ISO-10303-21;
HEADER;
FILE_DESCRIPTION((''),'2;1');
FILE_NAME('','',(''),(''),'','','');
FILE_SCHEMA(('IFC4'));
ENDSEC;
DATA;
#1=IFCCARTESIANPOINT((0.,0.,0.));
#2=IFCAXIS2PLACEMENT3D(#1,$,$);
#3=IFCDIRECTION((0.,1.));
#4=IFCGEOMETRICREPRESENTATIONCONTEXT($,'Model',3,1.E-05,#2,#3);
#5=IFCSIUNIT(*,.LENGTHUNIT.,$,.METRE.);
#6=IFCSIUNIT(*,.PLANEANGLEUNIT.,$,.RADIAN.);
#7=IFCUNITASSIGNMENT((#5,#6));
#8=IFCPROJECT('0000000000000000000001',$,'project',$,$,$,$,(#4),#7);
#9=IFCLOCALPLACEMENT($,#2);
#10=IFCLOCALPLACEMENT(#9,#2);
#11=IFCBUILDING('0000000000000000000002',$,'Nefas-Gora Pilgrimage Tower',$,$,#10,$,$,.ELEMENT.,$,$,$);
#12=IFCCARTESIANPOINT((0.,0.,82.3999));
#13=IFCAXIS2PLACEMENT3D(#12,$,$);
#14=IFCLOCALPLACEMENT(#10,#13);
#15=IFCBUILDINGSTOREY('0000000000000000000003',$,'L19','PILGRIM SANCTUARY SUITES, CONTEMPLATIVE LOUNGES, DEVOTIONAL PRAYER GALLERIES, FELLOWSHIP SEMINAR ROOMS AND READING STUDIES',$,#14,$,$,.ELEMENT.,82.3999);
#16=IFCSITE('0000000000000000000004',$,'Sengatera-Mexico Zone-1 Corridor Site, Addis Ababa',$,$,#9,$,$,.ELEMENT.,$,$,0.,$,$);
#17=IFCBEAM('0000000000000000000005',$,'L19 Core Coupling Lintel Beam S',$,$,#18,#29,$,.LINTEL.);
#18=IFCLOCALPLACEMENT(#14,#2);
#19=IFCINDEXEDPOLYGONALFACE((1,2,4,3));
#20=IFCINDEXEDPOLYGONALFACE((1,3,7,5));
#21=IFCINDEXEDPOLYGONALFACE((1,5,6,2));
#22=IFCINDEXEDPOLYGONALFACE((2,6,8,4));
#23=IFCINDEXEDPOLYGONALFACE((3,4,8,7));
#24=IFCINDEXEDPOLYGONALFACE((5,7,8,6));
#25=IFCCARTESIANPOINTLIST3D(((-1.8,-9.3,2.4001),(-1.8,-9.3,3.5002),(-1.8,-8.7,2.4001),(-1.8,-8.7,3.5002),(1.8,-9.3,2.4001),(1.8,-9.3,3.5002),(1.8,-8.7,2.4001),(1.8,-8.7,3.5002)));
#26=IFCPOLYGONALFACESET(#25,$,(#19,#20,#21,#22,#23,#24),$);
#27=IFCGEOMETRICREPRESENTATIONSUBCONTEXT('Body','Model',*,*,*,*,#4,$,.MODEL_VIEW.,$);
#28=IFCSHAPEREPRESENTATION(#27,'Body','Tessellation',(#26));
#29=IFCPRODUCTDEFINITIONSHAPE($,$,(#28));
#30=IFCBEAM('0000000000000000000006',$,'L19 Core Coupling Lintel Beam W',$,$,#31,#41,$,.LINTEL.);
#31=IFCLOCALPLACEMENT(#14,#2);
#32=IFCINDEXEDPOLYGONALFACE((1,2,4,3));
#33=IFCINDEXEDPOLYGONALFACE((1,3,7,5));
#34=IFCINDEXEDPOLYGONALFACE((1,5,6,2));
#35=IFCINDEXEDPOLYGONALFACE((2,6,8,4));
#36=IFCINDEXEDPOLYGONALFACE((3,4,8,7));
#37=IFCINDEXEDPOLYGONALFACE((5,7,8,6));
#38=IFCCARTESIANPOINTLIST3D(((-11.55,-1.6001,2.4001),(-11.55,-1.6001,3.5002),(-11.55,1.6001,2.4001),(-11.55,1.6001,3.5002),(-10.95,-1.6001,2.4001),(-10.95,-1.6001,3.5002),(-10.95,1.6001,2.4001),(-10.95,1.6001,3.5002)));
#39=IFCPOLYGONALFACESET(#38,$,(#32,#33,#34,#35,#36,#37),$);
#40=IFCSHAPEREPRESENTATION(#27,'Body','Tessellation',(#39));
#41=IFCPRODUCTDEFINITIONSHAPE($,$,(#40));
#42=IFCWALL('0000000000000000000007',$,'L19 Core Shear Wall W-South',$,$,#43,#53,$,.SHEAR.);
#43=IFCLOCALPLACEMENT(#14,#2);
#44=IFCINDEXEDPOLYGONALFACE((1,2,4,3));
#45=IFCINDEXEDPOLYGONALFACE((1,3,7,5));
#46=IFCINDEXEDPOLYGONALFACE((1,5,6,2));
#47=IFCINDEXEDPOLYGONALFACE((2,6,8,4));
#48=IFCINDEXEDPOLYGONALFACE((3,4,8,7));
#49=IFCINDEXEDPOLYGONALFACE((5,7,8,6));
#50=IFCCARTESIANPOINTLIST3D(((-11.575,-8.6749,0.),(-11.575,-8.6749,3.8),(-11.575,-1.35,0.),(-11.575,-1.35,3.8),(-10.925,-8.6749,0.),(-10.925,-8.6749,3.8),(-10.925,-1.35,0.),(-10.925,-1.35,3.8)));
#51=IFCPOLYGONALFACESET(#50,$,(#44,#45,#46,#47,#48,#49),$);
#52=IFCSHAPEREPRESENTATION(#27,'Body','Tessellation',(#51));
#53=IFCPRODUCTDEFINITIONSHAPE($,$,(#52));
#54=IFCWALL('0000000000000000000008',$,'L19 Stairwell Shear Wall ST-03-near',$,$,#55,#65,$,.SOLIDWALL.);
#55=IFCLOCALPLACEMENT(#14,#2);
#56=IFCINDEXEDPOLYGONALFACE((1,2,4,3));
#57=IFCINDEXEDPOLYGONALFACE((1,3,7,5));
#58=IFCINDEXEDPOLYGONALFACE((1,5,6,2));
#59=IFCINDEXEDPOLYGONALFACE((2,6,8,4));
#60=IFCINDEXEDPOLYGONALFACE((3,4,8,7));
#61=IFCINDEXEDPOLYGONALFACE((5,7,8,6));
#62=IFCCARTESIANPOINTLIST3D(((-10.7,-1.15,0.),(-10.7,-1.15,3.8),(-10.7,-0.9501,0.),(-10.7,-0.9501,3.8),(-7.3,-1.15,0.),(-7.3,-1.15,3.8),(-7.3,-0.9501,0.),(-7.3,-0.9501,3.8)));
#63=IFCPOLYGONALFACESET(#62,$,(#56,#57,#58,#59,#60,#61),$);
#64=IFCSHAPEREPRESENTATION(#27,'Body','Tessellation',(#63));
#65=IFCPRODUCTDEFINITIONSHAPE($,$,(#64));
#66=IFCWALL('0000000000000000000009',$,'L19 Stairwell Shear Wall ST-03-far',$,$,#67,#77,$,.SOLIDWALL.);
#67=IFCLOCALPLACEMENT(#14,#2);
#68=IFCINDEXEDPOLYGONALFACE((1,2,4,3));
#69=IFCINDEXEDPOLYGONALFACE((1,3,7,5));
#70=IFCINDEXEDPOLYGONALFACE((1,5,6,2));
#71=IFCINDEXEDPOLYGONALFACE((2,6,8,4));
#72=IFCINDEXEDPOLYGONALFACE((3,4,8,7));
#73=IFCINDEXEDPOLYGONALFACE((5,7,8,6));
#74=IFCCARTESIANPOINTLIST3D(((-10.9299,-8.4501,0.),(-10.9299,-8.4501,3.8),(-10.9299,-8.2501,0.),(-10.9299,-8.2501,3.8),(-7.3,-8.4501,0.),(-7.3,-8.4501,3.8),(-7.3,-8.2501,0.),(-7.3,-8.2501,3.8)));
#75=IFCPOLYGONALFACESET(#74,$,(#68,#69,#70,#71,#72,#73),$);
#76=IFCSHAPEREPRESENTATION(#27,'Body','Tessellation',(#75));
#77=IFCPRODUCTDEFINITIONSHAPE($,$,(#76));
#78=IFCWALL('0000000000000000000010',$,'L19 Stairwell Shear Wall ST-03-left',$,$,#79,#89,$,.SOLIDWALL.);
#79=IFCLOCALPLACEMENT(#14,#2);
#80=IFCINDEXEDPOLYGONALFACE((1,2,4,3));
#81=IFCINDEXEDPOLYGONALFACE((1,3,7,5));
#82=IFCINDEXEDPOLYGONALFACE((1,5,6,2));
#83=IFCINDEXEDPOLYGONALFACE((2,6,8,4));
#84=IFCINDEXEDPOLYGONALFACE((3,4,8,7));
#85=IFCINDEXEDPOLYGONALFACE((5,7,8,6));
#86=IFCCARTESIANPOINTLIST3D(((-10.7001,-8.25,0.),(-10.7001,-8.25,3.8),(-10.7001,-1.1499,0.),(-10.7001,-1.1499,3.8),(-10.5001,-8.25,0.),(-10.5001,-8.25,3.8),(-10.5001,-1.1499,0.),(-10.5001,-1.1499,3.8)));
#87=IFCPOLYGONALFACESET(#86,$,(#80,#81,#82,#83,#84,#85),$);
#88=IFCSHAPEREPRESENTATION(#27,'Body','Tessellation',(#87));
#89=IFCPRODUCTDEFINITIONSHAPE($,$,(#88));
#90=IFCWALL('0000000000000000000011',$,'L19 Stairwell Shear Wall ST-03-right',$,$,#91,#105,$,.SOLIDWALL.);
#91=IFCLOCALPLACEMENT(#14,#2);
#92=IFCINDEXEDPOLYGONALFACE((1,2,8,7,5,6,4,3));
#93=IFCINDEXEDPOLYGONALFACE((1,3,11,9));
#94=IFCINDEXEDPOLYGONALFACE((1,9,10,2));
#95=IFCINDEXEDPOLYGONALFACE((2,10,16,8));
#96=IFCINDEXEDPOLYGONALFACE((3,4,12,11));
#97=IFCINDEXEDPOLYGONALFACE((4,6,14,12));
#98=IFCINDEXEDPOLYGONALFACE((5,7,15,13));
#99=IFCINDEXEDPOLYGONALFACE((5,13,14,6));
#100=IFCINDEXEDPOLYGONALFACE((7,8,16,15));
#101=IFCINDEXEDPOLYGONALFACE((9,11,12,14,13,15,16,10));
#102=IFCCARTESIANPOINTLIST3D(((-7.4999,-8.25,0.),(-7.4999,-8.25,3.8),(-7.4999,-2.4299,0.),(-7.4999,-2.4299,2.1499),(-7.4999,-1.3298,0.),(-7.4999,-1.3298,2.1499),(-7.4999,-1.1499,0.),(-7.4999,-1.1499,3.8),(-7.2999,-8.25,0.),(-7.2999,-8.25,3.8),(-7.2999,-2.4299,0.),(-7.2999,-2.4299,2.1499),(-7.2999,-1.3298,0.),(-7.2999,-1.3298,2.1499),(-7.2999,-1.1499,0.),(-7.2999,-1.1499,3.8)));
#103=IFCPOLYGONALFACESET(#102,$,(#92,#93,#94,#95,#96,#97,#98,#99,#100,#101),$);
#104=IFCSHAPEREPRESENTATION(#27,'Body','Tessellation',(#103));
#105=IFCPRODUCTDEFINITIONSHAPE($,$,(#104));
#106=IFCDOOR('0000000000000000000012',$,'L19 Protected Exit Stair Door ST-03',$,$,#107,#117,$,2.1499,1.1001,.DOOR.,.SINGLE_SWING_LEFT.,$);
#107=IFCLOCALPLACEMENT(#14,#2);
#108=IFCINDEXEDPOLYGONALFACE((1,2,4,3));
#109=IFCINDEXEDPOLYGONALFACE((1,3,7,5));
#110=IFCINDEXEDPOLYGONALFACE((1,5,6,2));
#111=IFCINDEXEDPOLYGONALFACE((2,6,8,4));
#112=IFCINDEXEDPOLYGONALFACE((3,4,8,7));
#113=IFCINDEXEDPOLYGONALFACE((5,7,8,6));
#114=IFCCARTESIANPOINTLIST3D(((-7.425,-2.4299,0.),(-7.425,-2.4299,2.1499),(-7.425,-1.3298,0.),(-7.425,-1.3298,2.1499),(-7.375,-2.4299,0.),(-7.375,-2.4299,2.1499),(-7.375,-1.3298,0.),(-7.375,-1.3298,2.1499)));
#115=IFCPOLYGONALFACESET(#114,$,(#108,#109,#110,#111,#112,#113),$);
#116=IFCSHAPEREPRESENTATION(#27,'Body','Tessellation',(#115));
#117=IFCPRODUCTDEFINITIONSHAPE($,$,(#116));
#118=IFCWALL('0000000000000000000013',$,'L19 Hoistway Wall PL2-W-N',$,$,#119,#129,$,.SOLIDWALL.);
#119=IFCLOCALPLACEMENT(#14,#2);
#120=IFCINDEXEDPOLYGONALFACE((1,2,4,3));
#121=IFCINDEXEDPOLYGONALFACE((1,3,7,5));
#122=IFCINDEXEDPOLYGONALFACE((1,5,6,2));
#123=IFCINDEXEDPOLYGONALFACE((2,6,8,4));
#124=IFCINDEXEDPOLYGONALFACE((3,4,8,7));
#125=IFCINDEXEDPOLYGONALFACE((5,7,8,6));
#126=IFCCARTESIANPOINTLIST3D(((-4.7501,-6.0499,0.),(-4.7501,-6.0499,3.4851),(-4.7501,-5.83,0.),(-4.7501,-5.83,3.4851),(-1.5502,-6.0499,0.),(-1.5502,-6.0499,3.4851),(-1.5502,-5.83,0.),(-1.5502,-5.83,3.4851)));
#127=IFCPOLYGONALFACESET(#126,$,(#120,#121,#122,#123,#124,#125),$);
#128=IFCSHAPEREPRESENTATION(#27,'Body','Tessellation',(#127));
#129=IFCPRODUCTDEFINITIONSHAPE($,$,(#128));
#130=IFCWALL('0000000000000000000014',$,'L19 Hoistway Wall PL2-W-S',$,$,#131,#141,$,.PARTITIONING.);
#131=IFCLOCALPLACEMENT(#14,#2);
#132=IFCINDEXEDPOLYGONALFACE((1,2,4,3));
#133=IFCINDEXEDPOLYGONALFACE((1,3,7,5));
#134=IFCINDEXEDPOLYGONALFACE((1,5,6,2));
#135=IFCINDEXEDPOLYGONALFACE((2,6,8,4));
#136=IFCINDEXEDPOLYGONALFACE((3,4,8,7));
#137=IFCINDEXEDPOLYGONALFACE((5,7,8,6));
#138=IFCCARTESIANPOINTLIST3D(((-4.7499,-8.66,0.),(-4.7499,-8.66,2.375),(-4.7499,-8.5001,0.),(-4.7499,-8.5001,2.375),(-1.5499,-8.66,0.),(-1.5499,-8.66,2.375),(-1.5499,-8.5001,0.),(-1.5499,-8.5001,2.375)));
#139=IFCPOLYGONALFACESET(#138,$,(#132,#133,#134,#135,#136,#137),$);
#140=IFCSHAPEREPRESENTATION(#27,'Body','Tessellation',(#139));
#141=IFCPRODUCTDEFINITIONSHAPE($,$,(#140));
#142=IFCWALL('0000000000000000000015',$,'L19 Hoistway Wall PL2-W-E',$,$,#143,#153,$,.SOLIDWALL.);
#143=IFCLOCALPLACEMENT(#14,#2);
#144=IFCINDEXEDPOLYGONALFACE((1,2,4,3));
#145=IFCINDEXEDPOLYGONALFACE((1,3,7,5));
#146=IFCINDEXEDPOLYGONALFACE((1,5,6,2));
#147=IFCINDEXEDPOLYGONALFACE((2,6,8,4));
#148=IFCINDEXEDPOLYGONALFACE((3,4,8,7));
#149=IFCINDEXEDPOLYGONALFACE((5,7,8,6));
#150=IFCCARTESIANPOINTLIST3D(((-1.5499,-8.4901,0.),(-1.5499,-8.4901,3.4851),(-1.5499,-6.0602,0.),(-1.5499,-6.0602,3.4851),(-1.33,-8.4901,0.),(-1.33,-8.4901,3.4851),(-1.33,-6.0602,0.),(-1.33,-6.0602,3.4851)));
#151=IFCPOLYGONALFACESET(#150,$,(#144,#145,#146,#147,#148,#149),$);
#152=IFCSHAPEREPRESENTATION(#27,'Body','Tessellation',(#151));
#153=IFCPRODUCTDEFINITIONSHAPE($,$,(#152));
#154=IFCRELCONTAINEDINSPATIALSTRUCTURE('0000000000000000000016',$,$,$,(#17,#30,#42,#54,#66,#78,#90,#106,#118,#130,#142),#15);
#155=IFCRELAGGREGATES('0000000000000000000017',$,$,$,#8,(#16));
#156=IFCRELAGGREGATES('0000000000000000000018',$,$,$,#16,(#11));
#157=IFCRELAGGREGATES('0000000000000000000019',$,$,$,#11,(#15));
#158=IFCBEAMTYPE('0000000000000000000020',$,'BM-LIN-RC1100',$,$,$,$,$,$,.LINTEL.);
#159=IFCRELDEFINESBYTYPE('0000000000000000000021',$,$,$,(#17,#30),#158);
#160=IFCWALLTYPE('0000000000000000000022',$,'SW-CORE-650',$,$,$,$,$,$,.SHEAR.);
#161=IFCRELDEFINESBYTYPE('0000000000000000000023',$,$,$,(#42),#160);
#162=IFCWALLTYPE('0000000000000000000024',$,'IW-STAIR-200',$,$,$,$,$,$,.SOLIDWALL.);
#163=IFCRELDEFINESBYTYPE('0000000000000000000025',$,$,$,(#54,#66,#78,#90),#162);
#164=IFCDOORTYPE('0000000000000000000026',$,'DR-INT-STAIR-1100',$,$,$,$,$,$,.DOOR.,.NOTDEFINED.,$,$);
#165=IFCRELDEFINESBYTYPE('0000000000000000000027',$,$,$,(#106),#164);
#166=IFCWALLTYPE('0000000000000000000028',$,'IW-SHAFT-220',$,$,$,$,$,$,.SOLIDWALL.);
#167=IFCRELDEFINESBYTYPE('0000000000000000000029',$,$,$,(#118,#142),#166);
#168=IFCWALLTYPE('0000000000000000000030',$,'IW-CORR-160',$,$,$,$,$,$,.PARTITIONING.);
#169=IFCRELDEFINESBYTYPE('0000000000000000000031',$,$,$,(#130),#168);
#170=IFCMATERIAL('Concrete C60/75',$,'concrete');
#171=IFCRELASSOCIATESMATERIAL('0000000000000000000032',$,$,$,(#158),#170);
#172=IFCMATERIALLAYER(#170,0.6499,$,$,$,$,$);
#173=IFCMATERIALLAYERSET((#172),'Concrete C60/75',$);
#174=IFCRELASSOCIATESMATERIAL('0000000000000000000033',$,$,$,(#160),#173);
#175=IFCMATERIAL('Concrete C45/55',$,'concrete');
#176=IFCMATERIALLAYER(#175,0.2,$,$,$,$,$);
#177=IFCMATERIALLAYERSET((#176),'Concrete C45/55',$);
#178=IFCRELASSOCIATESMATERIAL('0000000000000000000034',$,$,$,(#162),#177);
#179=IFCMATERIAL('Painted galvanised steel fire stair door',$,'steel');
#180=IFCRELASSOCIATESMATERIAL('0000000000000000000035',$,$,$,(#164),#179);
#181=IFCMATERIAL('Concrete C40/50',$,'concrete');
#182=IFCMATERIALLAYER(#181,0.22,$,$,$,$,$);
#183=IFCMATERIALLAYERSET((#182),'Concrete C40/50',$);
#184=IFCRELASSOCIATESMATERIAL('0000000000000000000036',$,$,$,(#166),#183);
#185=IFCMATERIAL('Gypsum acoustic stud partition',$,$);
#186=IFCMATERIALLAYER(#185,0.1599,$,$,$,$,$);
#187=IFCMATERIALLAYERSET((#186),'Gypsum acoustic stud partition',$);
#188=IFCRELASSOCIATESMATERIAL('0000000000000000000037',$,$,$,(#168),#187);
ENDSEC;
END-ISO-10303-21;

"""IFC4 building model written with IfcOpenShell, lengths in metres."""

from ifc_helpers import new_model, si_unit, direction, frame, frame_2d, origin, origin_2d, place, context, subcontext, project, spatial, rectangle, extrude, source, transform, mapped, material, layer, layer_set, material_profile, profile_set, type_object, element, fill, save


model = new_model("IFC4")

# Units and contexts
model_context = context("Model", 3, precision=1e-05, world=origin(), true_north=direction((0.0, 1.0)))
body_context = subcontext(model_context, "Body", "Model", "MODEL_VIEW")
ifc_project = project(units=[si_unit("LENGTHUNIT", "METRE"), si_unit("PLANEANGLEUNIT", "RADIAN")], contexts=[model_context])

# Site, building, storey
site_placement = place(None, origin())
site = spatial("IfcSite", under=ifc_project, at=site_placement, Name="Sengatera-Mexico Zone-1 Corridor Site, Addis Ababa", CompositionType="ELEMENT", RefElevation=0.0)
building_placement = place(site_placement, origin())
building = spatial("IfcBuilding", under=site, at=building_placement, Name="Nefas-Gora Pilgrimage Tower", CompositionType="ELEMENT")
storey_placement = place(building_placement, frame((0.0, 0.0, 82.3999)))
storey = spatial("IfcBuildingStorey", under=building, at=storey_placement, Name="L19", Description="PILGRIM SANCTUARY SUITES, CONTEMPLATIVE LOUNGES, DEVOTIONAL PRAYER GALLERIES, FELLOWSHIP SEMINAR ROOMS AND READING STUDIES", CompositionType="ELEMENT", Elevation=82.3999)

# Beams
ifc_material_1 = material(Name="Concrete C60/75", Category="concrete")
ifc_material_profile = material_profile(ifc_material_1, rectangle(XDim=0.6001, YDim=1.1001, at=origin_2d()), Name="RC 600x1100")
ifc_profile_set = profile_set([ifc_material_profile], Name="Concrete C60/75")
beam_type = type_object("IfcBeamType", Name="BM-LIN-RC1100", PredefinedType="LINTEL", material=ifc_profile_set)
shared_shape_1 = source(origin(), body_context, "Body", "SweptSolid", [
    extrude(rectangle(XDim=0.6001, YDim=1.1001, at=origin_2d()), origin(), (0.0, 0.0, 1.0), 3.6001),
])
beam_1_placement = place(storey_placement, frame((-1.8, -9.0, 2.9502), z_axis=(1.0, 0.0, 0.0), x_axis=(0.0, 1.0, 0.0)))
element("IfcBeam", 1, at=beam_1_placement, inside=storey, type_object=beam_type, Name="L19 Core Coupling Lintel Beam S", PredefinedType="LINTEL", context=body_context, shape_type="MappedRepresentation", body=[
    mapped(shared_shape_1, transform((0.0, 0.0, 0.0), x_axis=(1.0, 0.0, 0.0), y_axis=(0.0, 1.0, 0.0), z_axis=(0.0, 0.0, 1.0), scale=1.0)),
])
shared_shape_2 = source(origin(), body_context, "Body", "SweptSolid", [
    extrude(rectangle(XDim=0.6001, YDim=1.1001, at=origin_2d()), origin(), (0.0, 0.0, 1.0), 3.2002),
])
beam_2_placement = place(storey_placement, frame((-11.25, -1.6001, 2.9502), z_axis=(0.0, 1.0, 0.0), x_axis=(-1.0, 0.0, 0.0)))
element("IfcBeam", 2, at=beam_2_placement, inside=storey, type_object=beam_type, Name="L19 Core Coupling Lintel Beam W", PredefinedType="LINTEL", context=body_context, shape_type="MappedRepresentation", body=[
    mapped(shared_shape_2, transform((0.0, 0.0, 0.0), x_axis=(1.0, 0.0, 0.0), y_axis=(0.0, 1.0, 0.0), z_axis=(0.0, 0.0, 1.0), scale=1.0)),
])

# Walls
ifc_layer_1 = layer(ifc_material_1, 0.6499)
ifc_layer_set_1 = layer_set([ifc_layer_1], Name="Concrete C60/75")
wall_type_1 = type_object("IfcWallType", Name="SW-CORE-650", PredefinedType="SHEAR", material=ifc_layer_set_1)
shared_shape_3 = source(origin(), body_context, "Body", "SweptSolid", [
    extrude(rectangle(XDim=7.325, YDim=0.6499, at=frame_2d((3.6626, 0.0))), origin(), (0.0, 0.0, 1.0), 3.8),
])
wall_1_placement = place(storey_placement, frame((-11.25, -8.675, 0.0), z_axis=(0.0, 0.0, 1.0), x_axis=(0.0, 1.0, 0.0)))
element("IfcWall", 3, at=wall_1_placement, inside=storey, type_object=wall_type_1, Name="L19 Core Shear Wall W-South", PredefinedType="SHEAR", context=body_context, shape_type="MappedRepresentation", body=[
    mapped(shared_shape_3, transform((0.0, 0.0, 0.0), x_axis=(1.0, 0.0, 0.0), y_axis=(0.0, 1.0, 0.0), z_axis=(0.0, 0.0, 1.0), scale=1.0)),
])
ifc_material_2 = material(Name="Concrete C45/55", Category="concrete")
ifc_layer_2 = layer(ifc_material_2, 0.2)
ifc_layer_set_2 = layer_set([ifc_layer_2], Name="Concrete C45/55")
wall_type_2 = type_object("IfcWallType", Name="IW-STAIR-200", PredefinedType="SOLIDWALL", material=ifc_layer_set_2)
shared_shape_4 = source(origin(), body_context, "Body", "SweptSolid", [
    extrude(rectangle(XDim=3.3999, YDim=0.2, at=frame_2d((1.7, 0.0))), origin(), (0.0, 0.0, 1.0), 3.8),
])
wall_2_placement = place(storey_placement, frame((-10.7, -1.05, 0.0), z_axis=(0.0, 0.0, 1.0), x_axis=(1.0, 0.0, 0.0)))
element("IfcWall", 4, at=wall_2_placement, inside=storey, type_object=wall_type_2, Name="L19 Stairwell Shear Wall ST-03-near", PredefinedType="SOLIDWALL", context=body_context, shape_type="MappedRepresentation", body=[
    mapped(shared_shape_4, transform((0.0, 0.0, 0.0), x_axis=(1.0, 0.0, 0.0), y_axis=(0.0, 1.0, 0.0), z_axis=(0.0, 0.0, 1.0), scale=1.0)),
])
shared_shape_5 = source(origin(), body_context, "Body", "SweptSolid", [
    extrude(rectangle(XDim=3.6299, YDim=0.2, at=frame_2d((1.8149, 0.0))), origin(), (0.0, 0.0, 1.0), 3.8),
])
wall_3_placement = place(storey_placement, frame((-10.9299, -8.3501, 0.0), z_axis=(0.0, 0.0, 1.0), x_axis=(1.0, 0.0, 0.0)))
element("IfcWall", 5, at=wall_3_placement, inside=storey, type_object=wall_type_2, Name="L19 Stairwell Shear Wall ST-03-far", PredefinedType="SOLIDWALL", context=body_context, shape_type="MappedRepresentation", body=[
    mapped(shared_shape_5, transform((0.0, 0.0, 0.0), x_axis=(1.0, 0.0, 0.0), y_axis=(0.0, 1.0, 0.0), z_axis=(0.0, 0.0, 1.0), scale=1.0)),
])
shared_shape_6 = source(origin(), body_context, "Body", "SweptSolid", [
    extrude(rectangle(XDim=7.1001, YDim=0.2, at=frame_2d((3.55, 0.0))), origin(), (0.0, 0.0, 1.0), 3.8),
])
wall_4_placement = place(storey_placement, frame((-10.6001, -1.1499, 0.0), z_axis=(0.0, 0.0, 1.0), x_axis=(0.0, -1.0, 0.0)))
element("IfcWall", 6, at=wall_4_placement, inside=storey, type_object=wall_type_2, Name="L19 Stairwell Shear Wall ST-03-left", PredefinedType="SOLIDWALL", context=body_context, shape_type="MappedRepresentation", body=[
    mapped(shared_shape_6, transform((0.0, 0.0, 0.0), x_axis=(1.0, 0.0, 0.0), y_axis=(0.0, 1.0, 0.0), z_axis=(0.0, 0.0, 1.0), scale=1.0)),
])

# Wall, opening, door
wall_5_placement = place(storey_placement, frame((-7.3999, -1.1499, 0.0), z_axis=(0.0, 0.0, 1.0), x_axis=(0.0, -1.0, 0.0)))
wall_5 = element("IfcWall", 7, at=wall_5_placement, inside=storey, type_object=wall_type_2, Name="L19 Stairwell Shear Wall ST-03-right", PredefinedType="SOLIDWALL", context=body_context, shape_type="MappedRepresentation", body=[
    mapped(shared_shape_6, transform((0.0, 0.0, 0.0), x_axis=(1.0, 0.0, 0.0), y_axis=(0.0, 1.0, 0.0), z_axis=(0.0, 0.0, 1.0), scale=1.0)),
])
opening_1_placement = place(wall_5_placement, frame((0.1799, 0.0, 0.0)))
opening_1 = element("IfcOpeningElement", 8, at=opening_1_placement, cuts=wall_5, PredefinedType="OPENING", context=body_context, shape_type="SweptSolid", body=[
    extrude(rectangle(XDim=1.1001, YDim=2.1499, at=frame_2d((0.55, 1.075))), frame((0.0, 0.1099, 0.0), z_axis=(0.0, -1.0, 0.0), x_axis=(1.0, 0.0, 0.0)), (0.0, 0.0, 1.0), 0.22),
])
ifc_material_3 = material(Name="Painted galvanised steel fire stair door", Category="steel")
door_type_1 = type_object("IfcDoorType", Name="DR-INT-STAIR-1100", OperationType="NOTDEFINED", PredefinedType="DOOR", material=ifc_material_3)
shared_shape_7 = source(origin(), body_context, "Body", "SweptSolid", [
    extrude(rectangle(XDim=1.1001, YDim=2.1499, at=frame_2d((0.55, 1.075))), frame((0.0, 0.0249, 0.0), z_axis=(0.0, -1.0, 0.0), x_axis=(1.0, 0.0, 0.0)), (0.0, 0.0, 1.0), 0.05),
])
door_1_placement = place(opening_1_placement, origin())
door_1 = element("IfcDoor", 9, at=door_1_placement, inside=storey, type_object=door_type_1, Name="L19 Protected Exit Stair Door ST-03", OperationType="SINGLE_SWING_LEFT", OverallHeight=2.1499, OverallWidth=1.1001, PredefinedType="DOOR", context=body_context, shape_type="MappedRepresentation", body=[
    mapped(shared_shape_7, transform((0.0, 0.0, 0.0), x_axis=(1.0, 0.0, 0.0), y_axis=(0.0, 1.0, 0.0), z_axis=(0.0, 0.0, 1.0), scale=1.0)),
])
fill(opening_1, door_1)

# Walls
ifc_material_4 = material(Name="Concrete C40/50", Category="concrete")
ifc_layer_3 = layer(ifc_material_4, 0.22)
ifc_layer_set_3 = layer_set([ifc_layer_3], Name="Concrete C40/50")
wall_type_3 = type_object("IfcWallType", Name="IW-SHAFT-220", PredefinedType="SOLIDWALL", material=ifc_layer_set_3)
shared_shape_8 = source(origin(), body_context, "Body", "SweptSolid", [
    extrude(rectangle(XDim=3.2, YDim=0.22, at=frame_2d((1.6001, 0.0))), origin(), (0.0, 0.0, 1.0), 3.4851),
])
wall_6_placement = place(storey_placement, frame((-1.55, -5.9399, 0.0), z_axis=(0.0, 0.0, 1.0), x_axis=(-1.0, 0.0, 0.0)))
element("IfcWall", 10, at=wall_6_placement, inside=storey, type_object=wall_type_3, Name="L19 Hoistway Wall PL2-W-N", PredefinedType="SOLIDWALL", context=body_context, shape_type="MappedRepresentation", body=[
    mapped(shared_shape_8, transform((0.0, 0.0, 0.0), x_axis=(1.0, 0.0, 0.0), y_axis=(0.0, 1.0, 0.0), z_axis=(0.0, 0.0, 1.0), scale=1.0)),
])
ifc_material_5 = material(Name="Gypsum acoustic stud partition")
ifc_layer_4 = layer(ifc_material_5, 0.1599)
ifc_layer_set_4 = layer_set([ifc_layer_4], Name="Gypsum acoustic stud partition")
wall_type_4 = type_object("IfcWallType", Name="IW-CORR-160", PredefinedType="PARTITIONING", material=ifc_layer_set_4)
shared_shape_9 = source(origin(), body_context, "Body", "SweptSolid", [
    extrude(rectangle(XDim=3.2, YDim=0.1599, at=frame_2d((1.6001, 0.0))), origin(), (0.0, 0.0, 1.0), 2.375),
])
wall_7_placement = place(storey_placement, frame((-4.75, -8.5801, 0.0), z_axis=(0.0, 0.0, 1.0), x_axis=(1.0, 0.0, 0.0)))
element("IfcWall", 11, at=wall_7_placement, inside=storey, type_object=wall_type_4, Name="L19 Hoistway Wall PL2-W-S", PredefinedType="PARTITIONING", context=body_context, shape_type="MappedRepresentation", body=[
    mapped(shared_shape_9, transform((0.0, 0.0, 0.0), x_axis=(1.0, 0.0, 0.0), y_axis=(0.0, 1.0, 0.0), z_axis=(0.0, 0.0, 1.0), scale=1.0)),
])
shared_shape_10 = source(origin(), body_context, "Body", "SweptSolid", [
    extrude(rectangle(XDim=2.4299, YDim=0.22, at=frame_2d((1.2148, 0.0))), origin(), (0.0, 0.0, 1.0), 3.4851),
])
for number, where, z_axis, x_axis, name in (
    (12, (-1.4399, -8.49, 0.0), (0.0, 0.0, 1.0), (0.0, 1.0, 0.0), "L19 Hoistway Wall PL2-W-E"),
):
    element("IfcWall", number, at=place(storey_placement, frame(where, z_axis=z_axis, x_axis=x_axis)), inside=storey, type_object=wall_type_3, Name=name, PredefinedType="SOLIDWALL", context=body_context, shape_type="MappedRepresentation", body=[
        mapped(shared_shape_10, transform((0.0, 0.0, 0.0), x_axis=(1.0, 0.0, 0.0), y_axis=(0.0, 1.0, 0.0), z_axis=(0.0, 0.0, 1.0), scale=1.0)),
    ])

save(model, "model.ifc")
